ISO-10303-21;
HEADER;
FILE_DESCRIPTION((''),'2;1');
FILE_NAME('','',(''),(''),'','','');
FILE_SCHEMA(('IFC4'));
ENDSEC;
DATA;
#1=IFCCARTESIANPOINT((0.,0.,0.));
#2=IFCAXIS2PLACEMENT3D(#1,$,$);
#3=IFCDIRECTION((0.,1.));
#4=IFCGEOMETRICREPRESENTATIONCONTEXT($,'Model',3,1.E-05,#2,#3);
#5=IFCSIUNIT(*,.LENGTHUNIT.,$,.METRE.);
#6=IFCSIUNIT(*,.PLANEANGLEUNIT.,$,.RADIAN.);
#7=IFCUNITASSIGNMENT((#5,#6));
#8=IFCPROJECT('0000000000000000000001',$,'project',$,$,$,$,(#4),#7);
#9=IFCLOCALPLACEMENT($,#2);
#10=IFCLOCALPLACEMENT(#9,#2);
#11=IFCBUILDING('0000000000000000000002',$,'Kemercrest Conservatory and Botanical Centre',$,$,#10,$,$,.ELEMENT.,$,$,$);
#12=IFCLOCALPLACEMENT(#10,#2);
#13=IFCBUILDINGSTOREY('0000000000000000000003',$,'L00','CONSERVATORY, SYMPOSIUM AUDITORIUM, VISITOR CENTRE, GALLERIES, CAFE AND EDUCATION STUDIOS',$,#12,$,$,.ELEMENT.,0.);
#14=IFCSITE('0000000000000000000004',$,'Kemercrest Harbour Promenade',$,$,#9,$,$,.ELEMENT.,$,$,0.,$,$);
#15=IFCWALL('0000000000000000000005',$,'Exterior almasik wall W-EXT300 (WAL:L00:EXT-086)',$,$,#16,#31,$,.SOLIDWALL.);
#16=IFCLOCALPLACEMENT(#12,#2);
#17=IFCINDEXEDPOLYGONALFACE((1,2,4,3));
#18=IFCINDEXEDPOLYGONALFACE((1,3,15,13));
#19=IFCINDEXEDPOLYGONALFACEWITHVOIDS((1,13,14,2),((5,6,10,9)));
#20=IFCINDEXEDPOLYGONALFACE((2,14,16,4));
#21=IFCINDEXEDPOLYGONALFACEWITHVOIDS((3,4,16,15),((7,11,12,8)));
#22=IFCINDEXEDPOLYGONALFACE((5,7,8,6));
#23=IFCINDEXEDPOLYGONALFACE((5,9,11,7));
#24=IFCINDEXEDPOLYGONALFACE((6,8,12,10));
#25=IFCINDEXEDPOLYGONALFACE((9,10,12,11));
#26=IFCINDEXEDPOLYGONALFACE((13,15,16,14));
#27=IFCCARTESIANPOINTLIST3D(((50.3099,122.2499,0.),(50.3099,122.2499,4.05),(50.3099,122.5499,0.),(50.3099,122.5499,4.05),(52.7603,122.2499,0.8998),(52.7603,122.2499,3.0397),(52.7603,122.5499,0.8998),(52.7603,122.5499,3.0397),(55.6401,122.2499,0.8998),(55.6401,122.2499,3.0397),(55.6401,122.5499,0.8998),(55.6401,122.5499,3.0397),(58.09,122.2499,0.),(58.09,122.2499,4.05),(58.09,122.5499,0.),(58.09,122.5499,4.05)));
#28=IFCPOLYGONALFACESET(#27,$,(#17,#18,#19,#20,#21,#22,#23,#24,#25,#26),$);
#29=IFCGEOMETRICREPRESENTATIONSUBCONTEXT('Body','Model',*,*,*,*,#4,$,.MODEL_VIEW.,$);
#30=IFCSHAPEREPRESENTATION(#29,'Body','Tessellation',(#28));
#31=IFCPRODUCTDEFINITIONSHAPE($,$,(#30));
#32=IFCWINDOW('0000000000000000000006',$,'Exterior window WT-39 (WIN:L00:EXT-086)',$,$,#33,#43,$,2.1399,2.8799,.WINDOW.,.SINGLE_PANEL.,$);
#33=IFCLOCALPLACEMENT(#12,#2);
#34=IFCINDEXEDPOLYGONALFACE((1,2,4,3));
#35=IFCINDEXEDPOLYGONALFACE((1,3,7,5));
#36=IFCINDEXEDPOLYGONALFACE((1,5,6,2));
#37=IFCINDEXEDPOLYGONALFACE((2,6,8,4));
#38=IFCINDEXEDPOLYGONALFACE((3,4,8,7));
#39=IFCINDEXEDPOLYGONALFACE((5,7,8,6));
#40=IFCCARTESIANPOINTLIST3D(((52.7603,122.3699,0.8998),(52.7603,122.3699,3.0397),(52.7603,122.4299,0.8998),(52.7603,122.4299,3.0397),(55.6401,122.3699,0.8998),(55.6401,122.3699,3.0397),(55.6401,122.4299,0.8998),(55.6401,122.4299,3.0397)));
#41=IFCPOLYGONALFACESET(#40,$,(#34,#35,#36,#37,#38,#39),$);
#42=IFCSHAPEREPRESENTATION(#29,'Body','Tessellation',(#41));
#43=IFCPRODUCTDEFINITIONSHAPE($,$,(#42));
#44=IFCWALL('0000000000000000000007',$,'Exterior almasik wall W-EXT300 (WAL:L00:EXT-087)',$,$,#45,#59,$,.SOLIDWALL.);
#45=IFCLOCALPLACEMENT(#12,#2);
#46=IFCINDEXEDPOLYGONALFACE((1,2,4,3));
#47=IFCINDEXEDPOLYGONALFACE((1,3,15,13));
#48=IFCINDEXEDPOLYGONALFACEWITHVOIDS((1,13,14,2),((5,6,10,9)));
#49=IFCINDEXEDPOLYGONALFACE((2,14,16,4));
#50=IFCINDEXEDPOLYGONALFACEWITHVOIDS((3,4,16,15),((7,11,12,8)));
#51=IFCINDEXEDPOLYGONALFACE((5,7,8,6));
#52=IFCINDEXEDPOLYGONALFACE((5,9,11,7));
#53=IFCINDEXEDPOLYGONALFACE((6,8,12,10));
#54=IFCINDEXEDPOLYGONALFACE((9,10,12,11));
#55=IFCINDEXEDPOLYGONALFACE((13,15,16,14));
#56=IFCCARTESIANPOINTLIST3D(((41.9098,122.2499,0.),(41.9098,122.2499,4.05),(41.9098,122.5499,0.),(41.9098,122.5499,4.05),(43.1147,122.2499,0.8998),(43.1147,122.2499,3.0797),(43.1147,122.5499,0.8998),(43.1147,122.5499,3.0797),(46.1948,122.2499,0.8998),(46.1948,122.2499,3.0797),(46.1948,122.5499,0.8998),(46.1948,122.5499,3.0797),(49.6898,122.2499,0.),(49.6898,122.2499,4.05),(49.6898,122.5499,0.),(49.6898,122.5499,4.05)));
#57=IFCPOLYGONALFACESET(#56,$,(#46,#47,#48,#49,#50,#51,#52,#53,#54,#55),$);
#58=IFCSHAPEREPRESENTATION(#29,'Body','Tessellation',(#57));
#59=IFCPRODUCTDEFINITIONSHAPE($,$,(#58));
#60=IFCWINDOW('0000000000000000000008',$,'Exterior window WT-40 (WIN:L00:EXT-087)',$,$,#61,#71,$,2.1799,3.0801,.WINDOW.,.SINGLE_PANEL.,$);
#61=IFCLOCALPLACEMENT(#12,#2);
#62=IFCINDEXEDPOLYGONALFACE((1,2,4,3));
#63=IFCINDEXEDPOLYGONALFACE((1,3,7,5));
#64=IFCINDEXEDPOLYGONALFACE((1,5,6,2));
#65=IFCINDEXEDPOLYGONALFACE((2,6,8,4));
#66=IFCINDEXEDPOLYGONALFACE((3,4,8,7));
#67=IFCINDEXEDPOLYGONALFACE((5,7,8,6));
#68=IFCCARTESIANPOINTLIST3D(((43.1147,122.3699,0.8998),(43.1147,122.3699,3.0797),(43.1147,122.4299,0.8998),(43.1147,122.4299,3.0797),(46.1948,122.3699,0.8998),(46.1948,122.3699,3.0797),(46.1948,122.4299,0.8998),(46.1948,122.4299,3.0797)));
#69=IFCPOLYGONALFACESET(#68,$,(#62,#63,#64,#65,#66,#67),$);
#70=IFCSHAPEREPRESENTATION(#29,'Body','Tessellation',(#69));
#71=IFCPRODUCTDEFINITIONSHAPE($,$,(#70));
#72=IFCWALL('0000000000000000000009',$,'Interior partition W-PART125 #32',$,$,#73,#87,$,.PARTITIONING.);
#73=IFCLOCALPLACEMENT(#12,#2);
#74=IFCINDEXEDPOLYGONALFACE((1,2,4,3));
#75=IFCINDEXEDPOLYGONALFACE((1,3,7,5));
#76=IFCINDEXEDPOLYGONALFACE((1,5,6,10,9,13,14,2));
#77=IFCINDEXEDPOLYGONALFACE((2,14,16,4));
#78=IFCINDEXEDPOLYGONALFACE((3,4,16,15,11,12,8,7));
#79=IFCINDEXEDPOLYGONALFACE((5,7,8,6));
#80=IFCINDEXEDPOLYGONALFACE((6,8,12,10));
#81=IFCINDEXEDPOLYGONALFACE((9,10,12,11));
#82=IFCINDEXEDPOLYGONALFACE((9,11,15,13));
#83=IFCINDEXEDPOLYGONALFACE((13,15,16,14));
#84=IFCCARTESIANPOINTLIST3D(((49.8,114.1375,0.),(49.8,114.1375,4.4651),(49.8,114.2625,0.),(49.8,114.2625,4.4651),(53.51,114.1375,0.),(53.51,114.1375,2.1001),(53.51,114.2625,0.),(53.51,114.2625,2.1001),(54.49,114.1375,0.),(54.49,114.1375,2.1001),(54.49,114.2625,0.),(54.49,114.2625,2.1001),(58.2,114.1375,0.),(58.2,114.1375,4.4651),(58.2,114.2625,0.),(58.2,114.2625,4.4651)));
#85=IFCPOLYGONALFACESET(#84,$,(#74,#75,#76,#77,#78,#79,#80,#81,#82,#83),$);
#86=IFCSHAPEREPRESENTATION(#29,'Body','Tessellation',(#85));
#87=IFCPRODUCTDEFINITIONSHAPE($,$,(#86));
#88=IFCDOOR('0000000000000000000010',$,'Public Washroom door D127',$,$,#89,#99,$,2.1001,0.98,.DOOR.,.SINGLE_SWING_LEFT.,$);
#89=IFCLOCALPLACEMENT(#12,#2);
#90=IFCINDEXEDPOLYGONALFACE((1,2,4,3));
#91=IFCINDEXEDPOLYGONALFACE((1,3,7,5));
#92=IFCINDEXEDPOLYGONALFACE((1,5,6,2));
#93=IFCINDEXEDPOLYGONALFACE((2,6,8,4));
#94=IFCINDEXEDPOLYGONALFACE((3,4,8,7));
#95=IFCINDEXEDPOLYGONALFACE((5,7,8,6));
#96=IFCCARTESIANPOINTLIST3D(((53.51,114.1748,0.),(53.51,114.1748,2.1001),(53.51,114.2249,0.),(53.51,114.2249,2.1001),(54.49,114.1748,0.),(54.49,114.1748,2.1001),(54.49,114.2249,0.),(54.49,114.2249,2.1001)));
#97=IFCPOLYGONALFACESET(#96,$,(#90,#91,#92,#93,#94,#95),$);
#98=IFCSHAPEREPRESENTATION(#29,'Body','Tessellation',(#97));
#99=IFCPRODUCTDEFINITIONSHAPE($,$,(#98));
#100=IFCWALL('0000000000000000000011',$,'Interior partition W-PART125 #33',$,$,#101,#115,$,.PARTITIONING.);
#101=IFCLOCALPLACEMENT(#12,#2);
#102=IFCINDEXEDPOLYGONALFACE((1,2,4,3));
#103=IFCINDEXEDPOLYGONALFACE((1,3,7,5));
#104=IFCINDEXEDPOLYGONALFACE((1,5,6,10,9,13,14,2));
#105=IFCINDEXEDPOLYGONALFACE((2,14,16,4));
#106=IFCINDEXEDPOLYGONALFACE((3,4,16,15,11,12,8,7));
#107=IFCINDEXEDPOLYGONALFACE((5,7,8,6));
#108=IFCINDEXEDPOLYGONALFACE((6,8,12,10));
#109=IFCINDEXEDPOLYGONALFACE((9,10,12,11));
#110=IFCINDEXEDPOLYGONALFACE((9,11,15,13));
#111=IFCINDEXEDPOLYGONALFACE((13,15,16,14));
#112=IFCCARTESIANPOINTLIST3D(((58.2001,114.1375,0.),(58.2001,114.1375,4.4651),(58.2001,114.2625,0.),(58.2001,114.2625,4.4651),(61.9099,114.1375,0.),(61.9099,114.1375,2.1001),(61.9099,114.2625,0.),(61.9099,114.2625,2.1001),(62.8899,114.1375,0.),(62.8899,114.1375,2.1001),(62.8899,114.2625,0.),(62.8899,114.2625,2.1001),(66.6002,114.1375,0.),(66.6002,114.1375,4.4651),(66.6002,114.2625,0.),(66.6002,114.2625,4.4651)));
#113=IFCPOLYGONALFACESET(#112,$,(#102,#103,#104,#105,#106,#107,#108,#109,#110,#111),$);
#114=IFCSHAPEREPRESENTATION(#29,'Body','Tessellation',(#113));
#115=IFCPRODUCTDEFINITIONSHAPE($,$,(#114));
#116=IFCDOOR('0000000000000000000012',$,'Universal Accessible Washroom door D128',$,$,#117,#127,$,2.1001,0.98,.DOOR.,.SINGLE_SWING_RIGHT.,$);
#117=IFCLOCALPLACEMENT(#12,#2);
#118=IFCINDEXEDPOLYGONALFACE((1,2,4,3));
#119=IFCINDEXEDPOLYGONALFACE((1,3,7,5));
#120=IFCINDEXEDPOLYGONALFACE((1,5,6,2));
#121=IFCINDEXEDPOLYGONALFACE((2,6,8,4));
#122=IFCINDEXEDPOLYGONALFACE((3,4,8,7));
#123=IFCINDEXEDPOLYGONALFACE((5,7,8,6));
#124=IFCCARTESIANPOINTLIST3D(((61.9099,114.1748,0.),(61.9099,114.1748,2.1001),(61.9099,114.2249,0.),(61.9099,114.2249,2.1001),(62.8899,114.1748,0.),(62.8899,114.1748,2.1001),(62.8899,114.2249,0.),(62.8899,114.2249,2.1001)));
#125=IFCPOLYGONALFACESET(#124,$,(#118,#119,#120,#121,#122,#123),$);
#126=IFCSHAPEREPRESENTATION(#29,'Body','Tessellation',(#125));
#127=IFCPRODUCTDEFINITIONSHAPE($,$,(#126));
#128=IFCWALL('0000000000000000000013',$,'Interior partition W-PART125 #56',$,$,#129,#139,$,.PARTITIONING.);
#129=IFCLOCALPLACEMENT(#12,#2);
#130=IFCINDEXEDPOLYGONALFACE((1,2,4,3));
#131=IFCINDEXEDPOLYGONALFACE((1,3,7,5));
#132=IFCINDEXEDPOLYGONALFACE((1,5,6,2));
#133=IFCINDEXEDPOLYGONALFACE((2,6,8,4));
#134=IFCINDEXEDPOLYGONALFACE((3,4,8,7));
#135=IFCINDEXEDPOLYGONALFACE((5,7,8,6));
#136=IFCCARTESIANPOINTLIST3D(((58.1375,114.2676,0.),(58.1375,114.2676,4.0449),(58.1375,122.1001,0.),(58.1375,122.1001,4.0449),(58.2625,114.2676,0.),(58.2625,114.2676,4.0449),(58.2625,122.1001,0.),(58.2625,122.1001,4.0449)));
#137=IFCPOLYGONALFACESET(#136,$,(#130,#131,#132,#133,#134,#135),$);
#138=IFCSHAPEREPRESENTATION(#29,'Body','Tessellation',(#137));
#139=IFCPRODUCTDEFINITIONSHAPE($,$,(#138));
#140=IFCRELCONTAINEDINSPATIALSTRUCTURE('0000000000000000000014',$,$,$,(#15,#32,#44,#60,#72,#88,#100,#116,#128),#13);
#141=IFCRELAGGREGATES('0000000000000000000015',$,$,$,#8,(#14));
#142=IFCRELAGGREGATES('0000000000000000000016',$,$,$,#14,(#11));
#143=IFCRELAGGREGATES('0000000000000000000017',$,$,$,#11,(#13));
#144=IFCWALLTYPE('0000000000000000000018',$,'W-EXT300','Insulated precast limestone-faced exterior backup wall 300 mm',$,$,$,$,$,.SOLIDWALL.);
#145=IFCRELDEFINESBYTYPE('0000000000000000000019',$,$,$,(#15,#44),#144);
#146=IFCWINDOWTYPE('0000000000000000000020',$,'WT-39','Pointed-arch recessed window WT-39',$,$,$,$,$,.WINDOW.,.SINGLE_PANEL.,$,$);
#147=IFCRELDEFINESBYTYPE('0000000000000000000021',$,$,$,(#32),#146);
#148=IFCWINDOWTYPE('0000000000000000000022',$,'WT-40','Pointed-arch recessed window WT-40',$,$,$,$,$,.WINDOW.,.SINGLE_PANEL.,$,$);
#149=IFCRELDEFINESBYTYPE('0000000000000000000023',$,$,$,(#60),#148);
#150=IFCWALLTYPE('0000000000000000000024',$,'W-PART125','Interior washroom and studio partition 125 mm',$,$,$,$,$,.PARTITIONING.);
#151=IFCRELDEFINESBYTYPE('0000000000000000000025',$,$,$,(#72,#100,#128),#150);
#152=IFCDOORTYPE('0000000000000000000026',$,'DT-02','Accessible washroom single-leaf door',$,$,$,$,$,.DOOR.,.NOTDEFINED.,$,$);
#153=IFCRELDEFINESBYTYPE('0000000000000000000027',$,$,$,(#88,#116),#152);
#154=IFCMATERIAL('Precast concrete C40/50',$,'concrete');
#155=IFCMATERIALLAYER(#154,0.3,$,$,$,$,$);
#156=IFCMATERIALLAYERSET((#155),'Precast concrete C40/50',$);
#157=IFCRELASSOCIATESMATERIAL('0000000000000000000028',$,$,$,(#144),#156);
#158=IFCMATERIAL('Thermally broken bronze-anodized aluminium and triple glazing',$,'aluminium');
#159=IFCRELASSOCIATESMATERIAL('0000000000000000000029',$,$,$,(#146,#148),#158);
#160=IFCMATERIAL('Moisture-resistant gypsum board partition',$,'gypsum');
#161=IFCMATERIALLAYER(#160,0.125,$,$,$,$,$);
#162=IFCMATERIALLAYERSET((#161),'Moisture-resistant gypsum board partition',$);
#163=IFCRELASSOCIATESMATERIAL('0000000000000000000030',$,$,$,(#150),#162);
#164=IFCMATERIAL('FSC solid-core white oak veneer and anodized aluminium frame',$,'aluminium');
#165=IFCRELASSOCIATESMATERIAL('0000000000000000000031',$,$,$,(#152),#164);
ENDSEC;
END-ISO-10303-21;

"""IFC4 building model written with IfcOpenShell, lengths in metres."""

from ifc_helpers import new_model, si_unit, direction, frame, frame_2d, origin, place, context, subcontext, project, spatial, rectangle, extrude, material, layer, layer_set, type_object, element, fill, save


model = new_model("IFC4")

# Units and contexts
model_context = context("Model", 3, precision=1e-05, world=origin(), true_north=direction((0.0, 1.0)))
body_context = subcontext(model_context, "Body", "Model", "MODEL_VIEW")
ifc_project = project(units=[si_unit("LENGTHUNIT", "METRE"), si_unit("PLANEANGLEUNIT", "RADIAN")], contexts=[model_context])

# Site, building, storey
site_placement = place(None, origin())
site = spatial("IfcSite", under=ifc_project, at=site_placement, Name="Kemercrest Harbour Promenade", CompositionType="ELEMENT", RefElevation=0.0)
building_placement = place(site_placement, origin())
building = spatial("IfcBuilding", under=site, at=building_placement, Name="Kemercrest Conservatory and Botanical Centre", CompositionType="ELEMENT")
storey_placement = place(building_placement, origin())
storey = spatial("IfcBuildingStorey", under=building, at=storey_placement, Name="L00", Description="CONSERVATORY, SYMPOSIUM AUDITORIUM, VISITOR CENTRE, GALLERIES, CAFE AND EDUCATION STUDIOS", CompositionType="ELEMENT", Elevation=0.0)

# Shared definitions
ifc_material_1 = material(Name="Precast concrete C40/50", Category="concrete")

# Walls, openings, windows
ifc_layer_1 = layer(ifc_material_1, 0.3)
ifc_layer_set_1 = layer_set([ifc_layer_1], Name="Precast concrete C40/50")
wall_type_1 = type_object("IfcWallType", Name="W-EXT300", Description="Insulated precast limestone-faced exterior backup wall 300 mm", PredefinedType="SOLIDWALL", material=ifc_layer_set_1)
wall_1_placement = place(storey_placement, frame((58.0901, 122.3999, 0.0), z_axis=(0.0, 0.0, 1.0), x_axis=(-1.0, 0.0, 0.0)))
wall_1 = element("IfcWall", 1, at=wall_1_placement, inside=storey, type_object=wall_type_1, Name="Exterior almasik wall W-EXT300 (WAL:L00:EXT-086)", PredefinedType="SOLIDWALL", context=body_context, shape_type="SweptSolid", body=[
    extrude(rectangle(XDim=7.78, YDim=0.3, at=frame_2d((3.8901, 0.0))), origin(), (0.0, 0.0, 1.0), 4.05),
])
opening_1_placement = place(wall_1_placement, frame((2.45, 0.0, 0.8999)))
opening_1 = element("IfcOpeningElement", 2, at=opening_1_placement, cuts=wall_1, PredefinedType="OPENING", context=body_context, shape_type="SweptSolid", body=[
    extrude(rectangle(XDim=2.8799, YDim=2.1399, at=frame_2d((1.4399, 1.0698))), frame((0.0, 0.1602, 0.0), z_axis=(0.0, -1.0, 0.0), x_axis=(1.0, 0.0, 0.0)), (0.0, 0.0, 1.0), 0.3201),
])
ifc_material_2 = material(Name="Thermally broken bronze-anodized aluminium and triple glazing", Category="aluminium")
window_type_1 = type_object("IfcWindowType", Name="WT-39", Description="Pointed-arch recessed window WT-39", PartitioningType="SINGLE_PANEL", PredefinedType="WINDOW", material=ifc_material_2)
window_1_placement = place(opening_1_placement, origin())
window_1 = element("IfcWindow", 3, at=window_1_placement, inside=storey, type_object=window_type_1, Name="Exterior window WT-39 (WIN:L00:EXT-086)", OverallHeight=2.1399, OverallWidth=2.8799, PartitioningType="SINGLE_PANEL", PredefinedType="WINDOW", context=body_context, shape_type="SweptSolid", body=[
    extrude(rectangle(XDim=2.8799, YDim=2.1399, at=frame_2d((1.4399, 1.0698))), frame((0.0, 0.03, 0.0), z_axis=(0.0, -1.0, 0.0), x_axis=(1.0, 0.0, 0.0)), (0.0, 0.0, 1.0), 0.0601),
])
fill(opening_1, window_1)
wall_2_placement = place(storey_placement, frame((49.6899, 122.3999, 0.0), z_axis=(0.0, 0.0, 1.0), x_axis=(-1.0, 0.0, 0.0)))
wall_2 = element("IfcWall", 4, at=wall_2_placement, inside=storey, type_object=wall_type_1, Name="Exterior almasik wall W-EXT300 (WAL:L00:EXT-087)", PredefinedType="SOLIDWALL", context=body_context, shape_type="SweptSolid", body=[
    extrude(rectangle(XDim=7.78, YDim=0.3, at=frame_2d((3.8901, 0.0))), origin(), (0.0, 0.0, 1.0), 4.05),
])
opening_2_placement = place(wall_2_placement, frame((3.4951, 0.0, 0.8999)))
opening_2 = element("IfcOpeningElement", 5, at=opening_2_placement, cuts=wall_2, PredefinedType="OPENING", context=body_context, shape_type="SweptSolid", body=[
    extrude(rectangle(XDim=3.0801, YDim=2.1799, at=frame_2d((1.54, 1.0898))), frame((0.0, 0.1602, 0.0), z_axis=(0.0, -1.0, 0.0), x_axis=(1.0, 0.0, 0.0)), (0.0, 0.0, 1.0), 0.3201),
])
window_type_2 = type_object("IfcWindowType", Name="WT-40", Description="Pointed-arch recessed window WT-40", PartitioningType="SINGLE_PANEL", PredefinedType="WINDOW", material=ifc_material_2)
window_2_placement = place(opening_2_placement, origin())
window_2 = element("IfcWindow", 6, at=window_2_placement, inside=storey, type_object=window_type_2, Name="Exterior window WT-40 (WIN:L00:EXT-087)", OverallHeight=2.1799, OverallWidth=3.0801, PartitioningType="SINGLE_PANEL", PredefinedType="WINDOW", context=body_context, shape_type="SweptSolid", body=[
    extrude(rectangle(XDim=3.0801, YDim=2.1799, at=frame_2d((1.54, 1.0898))), frame((0.0, 0.03, 0.0), z_axis=(0.0, -1.0, 0.0), x_axis=(1.0, 0.0, 0.0)), (0.0, 0.0, 1.0), 0.0601),
])
fill(opening_2, window_2)

# Walls, openings, doors
ifc_material_3 = material(Name="Moisture-resistant gypsum board partition", Category="gypsum")
ifc_layer_2 = layer(ifc_material_3, 0.125)
ifc_layer_set_2 = layer_set([ifc_layer_2], Name="Moisture-resistant gypsum board partition")
wall_type_2 = type_object("IfcWallType", Name="W-PART125", Description="Interior washroom and studio partition 125 mm", PredefinedType="PARTITIONING", material=ifc_layer_set_2)
wall_3_placement = place(storey_placement, frame((49.8, 114.2, 0.0), z_axis=(0.0, 0.0, 1.0), x_axis=(1.0, 0.0, 0.0)))
wall_3 = element("IfcWall", 7, at=wall_3_placement, inside=storey, type_object=wall_type_2, Name="Interior partition W-PART125 #32", PredefinedType="PARTITIONING", context=body_context, shape_type="SweptSolid", body=[
    extrude(rectangle(XDim=8.3999, YDim=0.125, at=frame_2d((4.2, 0.0))), origin(), (0.0, 0.0, 1.0), 4.4651),
])
opening_3_placement = place(wall_3_placement, frame((3.71, 0.0, 0.0)))
opening_3 = element("IfcOpeningElement", 8, at=opening_3_placement, cuts=wall_3, PredefinedType="OPENING", context=body_context, shape_type="SweptSolid", body=[
    extrude(rectangle(XDim=0.98, YDim=2.1001, at=frame_2d((0.49, 1.05))), frame((0.0, 0.0725, 0.0), z_axis=(0.0, -1.0, 0.0), x_axis=(1.0, 0.0, 0.0)), (0.0, 0.0, 1.0), 0.145),
])
ifc_material_4 = material(Name="FSC solid-core white oak veneer and anodized aluminium frame", Category="aluminium")
door_type_1 = type_object("IfcDoorType", Name="DT-02", Description="Accessible washroom single-leaf door", OperationType="NOTDEFINED", PredefinedType="DOOR", material=ifc_material_4)
door_1_placement = place(opening_3_placement, origin())
door_1 = element("IfcDoor", 9, at=door_1_placement, inside=storey, type_object=door_type_1, Name="Public Washroom door D127", OperationType="SINGLE_SWING_LEFT", OverallHeight=2.1001, OverallWidth=0.98, PredefinedType="DOOR", context=body_context, shape_type="SweptSolid", body=[
    extrude(rectangle(XDim=0.98, YDim=2.1001, at=frame_2d((0.49, 1.05))), frame((0.0, 0.0249, 0.0), z_axis=(0.0, -1.0, 0.0), x_axis=(1.0, 0.0, 0.0)), (0.0, 0.0, 1.0), 0.05),
])
fill(opening_3, door_1)
wall_4_placement = place(storey_placement, frame((58.2, 114.2, 0.0), z_axis=(0.0, 0.0, 1.0), x_axis=(1.0, 0.0, 0.0)))
wall_4 = element("IfcWall", 10, at=wall_4_placement, inside=storey, type_object=wall_type_2, Name="Interior partition W-PART125 #33", PredefinedType="PARTITIONING", context=body_context, shape_type="SweptSolid", body=[
    extrude(rectangle(XDim=8.4001, YDim=0.125, at=frame_2d((4.2002, 0.0))), origin(), (0.0, 0.0, 1.0), 4.4651),
])
opening_4_placement = place(wall_4_placement, frame((3.71, 0.0, 0.0)))
opening_4 = element("IfcOpeningElement", 11, at=opening_4_placement, cuts=wall_4, PredefinedType="OPENING", context=body_context, shape_type="SweptSolid", body=[
    extrude(rectangle(XDim=0.98, YDim=2.1001, at=frame_2d((0.49, 1.05))), frame((0.0, 0.0725, 0.0), z_axis=(0.0, -1.0, 0.0), x_axis=(1.0, 0.0, 0.0)), (0.0, 0.0, 1.0), 0.145),
])
door_2_placement = place(opening_4_placement, origin())
door_2 = element("IfcDoor", 12, at=door_2_placement, inside=storey, type_object=door_type_1, Name="Universal Accessible Washroom door D128", OperationType="SINGLE_SWING_RIGHT", OverallHeight=2.1001, OverallWidth=0.98, PredefinedType="DOOR", context=body_context, shape_type="SweptSolid", body=[
    extrude(rectangle(XDim=0.98, YDim=2.1001, at=frame_2d((0.49, 1.05))), frame((0.0, 0.0249, 0.0), z_axis=(0.0, -1.0, 0.0), x_axis=(1.0, 0.0, 0.0)), (0.0, 0.0, 1.0), 0.05),
])
fill(opening_4, door_2)

# Wall
wall_5_placement = place(storey_placement, frame((58.2, 114.2676, 0.0), z_axis=(0.0, 0.0, 1.0), x_axis=(0.0, 1.0, 0.0)))
element("IfcWall", 13, at=wall_5_placement, inside=storey, type_object=wall_type_2, Name="Interior partition W-PART125 #56", PredefinedType="PARTITIONING", context=body_context, shape_type="SweptSolid", body=[
    extrude(rectangle(XDim=7.8325, YDim=0.125, at=frame_2d((3.9163, 0.0))), origin(), (0.0, 0.0, 1.0), 4.0449),
])

save(model, "model.ifc")
